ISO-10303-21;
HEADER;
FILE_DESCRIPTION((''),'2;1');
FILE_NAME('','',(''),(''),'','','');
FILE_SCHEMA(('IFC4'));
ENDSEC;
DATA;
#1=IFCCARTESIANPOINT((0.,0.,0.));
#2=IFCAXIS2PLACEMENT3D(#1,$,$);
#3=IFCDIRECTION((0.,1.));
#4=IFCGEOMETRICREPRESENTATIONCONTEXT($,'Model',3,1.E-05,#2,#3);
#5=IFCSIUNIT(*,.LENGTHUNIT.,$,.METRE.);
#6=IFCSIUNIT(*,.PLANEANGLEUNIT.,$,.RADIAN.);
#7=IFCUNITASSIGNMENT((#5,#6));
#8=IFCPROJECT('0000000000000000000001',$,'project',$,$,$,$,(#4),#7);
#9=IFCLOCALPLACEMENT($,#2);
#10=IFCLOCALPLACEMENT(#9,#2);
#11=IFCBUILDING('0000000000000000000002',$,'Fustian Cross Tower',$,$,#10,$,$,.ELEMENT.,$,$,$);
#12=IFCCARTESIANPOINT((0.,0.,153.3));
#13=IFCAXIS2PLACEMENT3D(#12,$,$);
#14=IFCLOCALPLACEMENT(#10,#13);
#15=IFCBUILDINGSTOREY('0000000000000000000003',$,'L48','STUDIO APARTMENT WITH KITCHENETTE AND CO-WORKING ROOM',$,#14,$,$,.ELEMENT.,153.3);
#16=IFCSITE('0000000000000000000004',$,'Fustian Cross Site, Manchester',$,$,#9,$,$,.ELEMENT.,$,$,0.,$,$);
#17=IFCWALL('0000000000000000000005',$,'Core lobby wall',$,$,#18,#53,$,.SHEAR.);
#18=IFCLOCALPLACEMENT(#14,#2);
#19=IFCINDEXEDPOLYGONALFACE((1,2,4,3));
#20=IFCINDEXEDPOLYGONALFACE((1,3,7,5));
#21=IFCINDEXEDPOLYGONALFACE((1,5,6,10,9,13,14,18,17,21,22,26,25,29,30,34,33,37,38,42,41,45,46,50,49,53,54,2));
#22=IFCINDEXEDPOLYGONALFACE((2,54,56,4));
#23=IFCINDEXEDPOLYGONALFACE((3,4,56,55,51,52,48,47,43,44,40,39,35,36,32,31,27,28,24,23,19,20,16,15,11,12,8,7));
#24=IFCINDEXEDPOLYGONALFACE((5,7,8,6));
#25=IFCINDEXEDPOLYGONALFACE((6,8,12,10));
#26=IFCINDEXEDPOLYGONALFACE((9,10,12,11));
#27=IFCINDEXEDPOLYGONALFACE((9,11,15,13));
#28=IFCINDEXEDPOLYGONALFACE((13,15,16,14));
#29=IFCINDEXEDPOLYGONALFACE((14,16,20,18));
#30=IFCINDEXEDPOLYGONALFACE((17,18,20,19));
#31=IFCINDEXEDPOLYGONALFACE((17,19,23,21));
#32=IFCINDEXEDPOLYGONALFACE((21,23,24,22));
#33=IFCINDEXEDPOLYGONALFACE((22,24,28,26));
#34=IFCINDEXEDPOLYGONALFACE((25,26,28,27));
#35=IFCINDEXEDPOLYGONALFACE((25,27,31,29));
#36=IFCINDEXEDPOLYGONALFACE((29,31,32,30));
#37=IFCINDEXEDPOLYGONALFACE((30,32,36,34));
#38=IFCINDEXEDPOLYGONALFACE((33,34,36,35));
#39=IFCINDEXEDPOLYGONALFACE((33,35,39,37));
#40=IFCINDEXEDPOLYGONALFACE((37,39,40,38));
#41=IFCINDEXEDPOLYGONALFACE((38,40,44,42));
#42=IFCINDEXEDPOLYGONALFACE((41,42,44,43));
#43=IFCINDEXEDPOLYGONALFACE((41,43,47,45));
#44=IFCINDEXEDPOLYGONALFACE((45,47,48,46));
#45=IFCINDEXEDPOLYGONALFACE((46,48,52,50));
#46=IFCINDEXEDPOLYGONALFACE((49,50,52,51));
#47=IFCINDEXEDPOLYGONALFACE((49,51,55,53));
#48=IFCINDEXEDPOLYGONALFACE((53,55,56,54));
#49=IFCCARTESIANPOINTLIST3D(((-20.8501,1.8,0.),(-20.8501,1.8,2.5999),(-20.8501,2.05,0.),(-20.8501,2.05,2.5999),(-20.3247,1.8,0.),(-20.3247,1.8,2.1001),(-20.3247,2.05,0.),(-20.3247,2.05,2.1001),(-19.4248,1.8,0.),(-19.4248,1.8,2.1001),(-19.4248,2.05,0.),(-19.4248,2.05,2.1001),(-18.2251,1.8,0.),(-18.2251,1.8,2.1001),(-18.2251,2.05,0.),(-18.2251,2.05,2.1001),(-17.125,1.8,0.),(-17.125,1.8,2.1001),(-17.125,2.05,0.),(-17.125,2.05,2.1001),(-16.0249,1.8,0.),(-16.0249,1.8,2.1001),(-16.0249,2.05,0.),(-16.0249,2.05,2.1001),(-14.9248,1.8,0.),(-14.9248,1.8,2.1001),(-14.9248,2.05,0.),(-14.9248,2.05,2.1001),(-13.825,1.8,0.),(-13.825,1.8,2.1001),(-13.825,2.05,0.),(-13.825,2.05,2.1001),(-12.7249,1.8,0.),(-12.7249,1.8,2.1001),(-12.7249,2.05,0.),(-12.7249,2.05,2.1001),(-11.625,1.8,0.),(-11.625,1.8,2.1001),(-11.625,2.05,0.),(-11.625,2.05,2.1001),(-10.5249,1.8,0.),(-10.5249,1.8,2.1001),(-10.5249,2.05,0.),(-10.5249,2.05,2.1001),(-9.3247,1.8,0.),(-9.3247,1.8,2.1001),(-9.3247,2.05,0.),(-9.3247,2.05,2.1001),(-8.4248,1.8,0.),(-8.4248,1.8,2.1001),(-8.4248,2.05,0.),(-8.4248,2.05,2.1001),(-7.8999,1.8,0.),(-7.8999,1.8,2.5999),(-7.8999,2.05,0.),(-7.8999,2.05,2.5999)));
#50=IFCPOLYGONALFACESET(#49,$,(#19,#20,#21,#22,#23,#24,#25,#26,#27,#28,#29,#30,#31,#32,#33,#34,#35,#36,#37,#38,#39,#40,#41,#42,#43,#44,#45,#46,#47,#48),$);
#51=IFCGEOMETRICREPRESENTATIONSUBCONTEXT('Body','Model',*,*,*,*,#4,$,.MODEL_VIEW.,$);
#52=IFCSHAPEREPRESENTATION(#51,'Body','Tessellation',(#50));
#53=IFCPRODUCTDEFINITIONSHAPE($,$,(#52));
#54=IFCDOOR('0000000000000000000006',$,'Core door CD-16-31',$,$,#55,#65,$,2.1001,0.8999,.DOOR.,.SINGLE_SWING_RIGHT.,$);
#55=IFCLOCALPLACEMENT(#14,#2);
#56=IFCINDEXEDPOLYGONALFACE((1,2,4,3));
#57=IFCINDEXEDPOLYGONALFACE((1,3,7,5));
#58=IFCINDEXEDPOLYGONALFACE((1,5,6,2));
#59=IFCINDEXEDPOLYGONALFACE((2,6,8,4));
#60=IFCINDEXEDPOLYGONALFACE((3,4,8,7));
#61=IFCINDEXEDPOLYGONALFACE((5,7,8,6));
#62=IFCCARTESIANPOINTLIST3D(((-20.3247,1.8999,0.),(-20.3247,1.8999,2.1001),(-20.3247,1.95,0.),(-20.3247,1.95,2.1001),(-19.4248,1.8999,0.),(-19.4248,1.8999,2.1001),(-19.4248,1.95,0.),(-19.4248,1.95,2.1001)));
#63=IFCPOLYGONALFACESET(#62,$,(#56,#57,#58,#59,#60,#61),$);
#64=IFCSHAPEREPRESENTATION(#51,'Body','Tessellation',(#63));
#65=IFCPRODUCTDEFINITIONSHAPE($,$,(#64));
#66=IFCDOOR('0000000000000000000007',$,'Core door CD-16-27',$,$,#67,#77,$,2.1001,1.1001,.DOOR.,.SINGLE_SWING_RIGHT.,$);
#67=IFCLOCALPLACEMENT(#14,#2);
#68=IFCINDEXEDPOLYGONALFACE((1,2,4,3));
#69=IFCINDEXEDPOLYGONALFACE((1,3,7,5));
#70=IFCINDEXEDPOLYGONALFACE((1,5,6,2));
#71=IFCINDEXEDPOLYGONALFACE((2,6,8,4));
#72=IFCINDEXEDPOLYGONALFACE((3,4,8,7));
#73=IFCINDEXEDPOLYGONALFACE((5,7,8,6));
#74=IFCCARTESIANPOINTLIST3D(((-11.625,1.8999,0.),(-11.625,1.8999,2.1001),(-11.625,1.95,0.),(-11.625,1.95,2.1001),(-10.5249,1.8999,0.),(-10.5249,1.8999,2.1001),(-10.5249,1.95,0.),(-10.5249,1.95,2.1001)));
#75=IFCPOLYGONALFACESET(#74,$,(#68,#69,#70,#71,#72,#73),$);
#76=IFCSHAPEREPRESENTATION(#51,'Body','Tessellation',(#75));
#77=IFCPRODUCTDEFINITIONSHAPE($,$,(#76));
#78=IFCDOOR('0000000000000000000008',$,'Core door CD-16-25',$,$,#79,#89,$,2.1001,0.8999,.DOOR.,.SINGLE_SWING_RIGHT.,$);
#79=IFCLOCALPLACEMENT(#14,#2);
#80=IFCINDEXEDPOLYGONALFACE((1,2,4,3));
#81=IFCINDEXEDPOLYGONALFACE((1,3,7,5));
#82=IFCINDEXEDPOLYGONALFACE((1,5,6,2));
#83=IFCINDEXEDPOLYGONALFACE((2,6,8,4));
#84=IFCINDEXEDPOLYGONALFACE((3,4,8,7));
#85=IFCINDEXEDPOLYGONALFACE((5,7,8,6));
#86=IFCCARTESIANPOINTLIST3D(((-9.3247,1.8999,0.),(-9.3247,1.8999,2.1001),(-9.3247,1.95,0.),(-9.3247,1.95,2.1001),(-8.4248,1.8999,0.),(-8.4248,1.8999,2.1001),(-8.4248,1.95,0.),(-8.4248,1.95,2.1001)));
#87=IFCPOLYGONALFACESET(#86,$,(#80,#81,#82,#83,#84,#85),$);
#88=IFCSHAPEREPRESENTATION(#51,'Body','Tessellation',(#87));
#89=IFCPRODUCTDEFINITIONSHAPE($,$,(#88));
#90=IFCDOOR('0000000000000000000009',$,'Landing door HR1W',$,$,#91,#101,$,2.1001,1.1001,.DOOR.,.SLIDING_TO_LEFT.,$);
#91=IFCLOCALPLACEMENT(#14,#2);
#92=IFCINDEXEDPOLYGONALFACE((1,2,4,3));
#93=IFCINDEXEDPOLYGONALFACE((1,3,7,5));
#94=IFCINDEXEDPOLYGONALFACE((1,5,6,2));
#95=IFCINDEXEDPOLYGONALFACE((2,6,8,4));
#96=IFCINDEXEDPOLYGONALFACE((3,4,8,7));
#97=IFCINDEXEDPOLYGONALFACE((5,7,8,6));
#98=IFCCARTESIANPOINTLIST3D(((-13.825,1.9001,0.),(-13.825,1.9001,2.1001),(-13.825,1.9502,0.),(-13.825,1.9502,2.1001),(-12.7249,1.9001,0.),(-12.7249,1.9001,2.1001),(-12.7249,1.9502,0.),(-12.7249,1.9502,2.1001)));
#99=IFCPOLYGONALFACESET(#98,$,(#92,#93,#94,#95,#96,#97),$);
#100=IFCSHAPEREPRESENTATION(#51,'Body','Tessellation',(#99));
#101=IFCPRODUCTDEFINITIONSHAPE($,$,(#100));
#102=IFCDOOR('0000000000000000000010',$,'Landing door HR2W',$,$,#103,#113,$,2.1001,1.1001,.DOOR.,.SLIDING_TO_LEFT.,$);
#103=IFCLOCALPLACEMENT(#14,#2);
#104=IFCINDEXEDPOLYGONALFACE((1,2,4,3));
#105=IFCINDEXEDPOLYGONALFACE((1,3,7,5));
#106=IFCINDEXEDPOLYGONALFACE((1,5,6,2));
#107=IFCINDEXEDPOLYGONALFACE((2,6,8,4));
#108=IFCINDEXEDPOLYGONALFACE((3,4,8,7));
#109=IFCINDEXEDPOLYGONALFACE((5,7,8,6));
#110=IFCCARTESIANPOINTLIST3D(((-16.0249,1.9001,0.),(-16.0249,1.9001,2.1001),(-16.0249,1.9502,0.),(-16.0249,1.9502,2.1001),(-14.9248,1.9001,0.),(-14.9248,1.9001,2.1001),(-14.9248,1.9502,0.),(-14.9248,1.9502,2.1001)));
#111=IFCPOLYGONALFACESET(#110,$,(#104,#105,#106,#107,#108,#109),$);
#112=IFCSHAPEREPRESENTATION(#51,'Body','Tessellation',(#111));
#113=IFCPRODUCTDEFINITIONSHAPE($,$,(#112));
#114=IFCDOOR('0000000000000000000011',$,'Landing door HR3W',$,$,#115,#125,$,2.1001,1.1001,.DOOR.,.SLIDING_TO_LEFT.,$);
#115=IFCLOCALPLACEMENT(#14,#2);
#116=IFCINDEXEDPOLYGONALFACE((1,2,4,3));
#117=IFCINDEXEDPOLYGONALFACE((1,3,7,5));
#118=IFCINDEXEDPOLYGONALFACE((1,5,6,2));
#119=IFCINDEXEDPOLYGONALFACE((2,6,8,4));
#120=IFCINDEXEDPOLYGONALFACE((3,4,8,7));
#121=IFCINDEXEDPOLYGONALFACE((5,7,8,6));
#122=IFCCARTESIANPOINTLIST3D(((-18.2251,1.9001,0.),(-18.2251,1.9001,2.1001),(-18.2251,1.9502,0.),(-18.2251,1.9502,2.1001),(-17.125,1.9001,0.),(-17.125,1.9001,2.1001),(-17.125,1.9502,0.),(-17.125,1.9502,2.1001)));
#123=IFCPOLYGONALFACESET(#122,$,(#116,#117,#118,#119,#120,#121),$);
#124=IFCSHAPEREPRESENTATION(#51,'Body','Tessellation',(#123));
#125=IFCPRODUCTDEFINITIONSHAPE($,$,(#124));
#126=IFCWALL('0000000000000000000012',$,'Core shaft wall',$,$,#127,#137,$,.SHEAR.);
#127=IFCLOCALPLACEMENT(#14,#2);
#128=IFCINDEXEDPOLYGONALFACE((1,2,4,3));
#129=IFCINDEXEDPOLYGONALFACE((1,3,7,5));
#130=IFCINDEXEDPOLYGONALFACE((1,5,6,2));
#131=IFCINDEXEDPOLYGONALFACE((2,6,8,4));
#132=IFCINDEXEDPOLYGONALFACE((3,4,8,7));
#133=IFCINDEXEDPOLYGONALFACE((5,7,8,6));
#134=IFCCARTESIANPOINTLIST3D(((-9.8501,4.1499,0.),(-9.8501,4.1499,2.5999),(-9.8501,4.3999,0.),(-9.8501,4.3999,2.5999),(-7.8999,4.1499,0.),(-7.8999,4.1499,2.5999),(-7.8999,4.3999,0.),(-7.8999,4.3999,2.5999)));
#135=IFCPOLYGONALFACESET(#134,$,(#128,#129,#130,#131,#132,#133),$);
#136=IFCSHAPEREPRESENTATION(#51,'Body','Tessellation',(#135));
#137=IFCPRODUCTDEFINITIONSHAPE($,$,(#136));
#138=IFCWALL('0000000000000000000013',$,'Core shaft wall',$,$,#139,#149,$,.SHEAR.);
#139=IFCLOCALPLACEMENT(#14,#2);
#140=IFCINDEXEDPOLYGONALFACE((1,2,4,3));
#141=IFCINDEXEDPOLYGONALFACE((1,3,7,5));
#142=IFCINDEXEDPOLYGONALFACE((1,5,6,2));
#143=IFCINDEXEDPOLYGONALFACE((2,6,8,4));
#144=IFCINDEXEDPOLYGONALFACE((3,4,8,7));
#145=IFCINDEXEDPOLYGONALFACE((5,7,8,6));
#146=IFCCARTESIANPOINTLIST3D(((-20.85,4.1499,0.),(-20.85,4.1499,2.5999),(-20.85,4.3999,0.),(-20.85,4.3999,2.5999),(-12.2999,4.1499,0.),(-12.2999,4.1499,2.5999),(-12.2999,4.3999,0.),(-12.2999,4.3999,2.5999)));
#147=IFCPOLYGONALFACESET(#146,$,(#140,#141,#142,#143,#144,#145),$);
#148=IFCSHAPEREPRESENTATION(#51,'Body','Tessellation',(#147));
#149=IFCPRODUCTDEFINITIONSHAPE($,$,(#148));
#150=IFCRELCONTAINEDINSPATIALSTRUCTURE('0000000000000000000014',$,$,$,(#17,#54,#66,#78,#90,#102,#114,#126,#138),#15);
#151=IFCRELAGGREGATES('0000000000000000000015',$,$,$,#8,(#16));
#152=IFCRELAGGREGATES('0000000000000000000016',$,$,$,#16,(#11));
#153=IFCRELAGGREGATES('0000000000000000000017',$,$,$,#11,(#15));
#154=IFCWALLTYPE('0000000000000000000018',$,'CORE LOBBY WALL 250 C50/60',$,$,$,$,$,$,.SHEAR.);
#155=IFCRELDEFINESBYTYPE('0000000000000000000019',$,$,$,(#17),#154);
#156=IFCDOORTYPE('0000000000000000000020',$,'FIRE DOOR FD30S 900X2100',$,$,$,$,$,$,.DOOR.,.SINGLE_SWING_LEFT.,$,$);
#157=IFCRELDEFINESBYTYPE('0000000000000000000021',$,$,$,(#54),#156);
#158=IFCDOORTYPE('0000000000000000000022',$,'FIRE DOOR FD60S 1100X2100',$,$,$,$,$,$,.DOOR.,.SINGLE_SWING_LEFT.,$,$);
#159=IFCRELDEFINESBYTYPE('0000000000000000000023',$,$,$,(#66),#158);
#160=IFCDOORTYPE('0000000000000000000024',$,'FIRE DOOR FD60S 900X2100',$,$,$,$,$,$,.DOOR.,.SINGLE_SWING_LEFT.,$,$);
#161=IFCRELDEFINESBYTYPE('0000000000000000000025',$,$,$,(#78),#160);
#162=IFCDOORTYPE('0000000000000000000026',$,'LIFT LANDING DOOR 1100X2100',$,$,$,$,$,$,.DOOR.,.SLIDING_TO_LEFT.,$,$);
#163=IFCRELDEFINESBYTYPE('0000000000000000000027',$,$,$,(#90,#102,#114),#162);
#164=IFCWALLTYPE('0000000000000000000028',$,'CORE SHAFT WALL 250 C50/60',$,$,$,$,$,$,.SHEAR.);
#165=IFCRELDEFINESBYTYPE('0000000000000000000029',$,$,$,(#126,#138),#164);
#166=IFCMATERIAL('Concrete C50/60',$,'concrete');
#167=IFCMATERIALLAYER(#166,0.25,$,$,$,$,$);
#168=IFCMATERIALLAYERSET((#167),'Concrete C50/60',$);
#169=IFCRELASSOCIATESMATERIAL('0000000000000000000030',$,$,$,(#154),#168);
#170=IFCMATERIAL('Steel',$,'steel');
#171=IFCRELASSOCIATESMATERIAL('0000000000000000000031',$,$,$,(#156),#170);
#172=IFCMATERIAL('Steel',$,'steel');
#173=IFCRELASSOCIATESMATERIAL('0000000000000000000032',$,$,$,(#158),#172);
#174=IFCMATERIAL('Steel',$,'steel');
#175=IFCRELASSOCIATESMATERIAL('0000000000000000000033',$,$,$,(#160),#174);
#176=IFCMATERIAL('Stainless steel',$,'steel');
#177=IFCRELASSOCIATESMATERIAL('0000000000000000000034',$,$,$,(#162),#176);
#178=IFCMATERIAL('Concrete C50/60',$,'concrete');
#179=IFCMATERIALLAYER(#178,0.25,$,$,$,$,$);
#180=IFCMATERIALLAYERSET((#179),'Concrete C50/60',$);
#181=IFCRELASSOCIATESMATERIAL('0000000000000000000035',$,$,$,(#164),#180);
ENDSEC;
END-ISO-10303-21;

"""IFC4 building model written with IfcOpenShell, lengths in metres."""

from ifc_helpers import new_model, si_unit, direction, frame, frame_2d, origin, place, context, subcontext, project, spatial, rectangle, extrude, material, layer, layer_set, type_object, element, fill, save


model = new_model("IFC4")

# Units and contexts
model_context = context("Model", 3, precision=1e-05, world=origin(), true_north=direction((0.0, 1.0)))
body_context = subcontext(model_context, "Body", "Model", "MODEL_VIEW")
ifc_project = project(units=[si_unit("LENGTHUNIT", "METRE"), si_unit("PLANEANGLEUNIT", "RADIAN")], contexts=[model_context])

# Site, building, storey
site_placement = place(None, origin())
site = spatial("IfcSite", under=ifc_project, at=site_placement, Name="Fustian Cross Site, Manchester", CompositionType="ELEMENT", RefElevation=0.0)
building_placement = place(site_placement, origin())
building = spatial("IfcBuilding", under=site, at=building_placement, Name="Fustian Cross Tower", CompositionType="ELEMENT")
storey_placement = place(building_placement, frame((0.0, 0.0, 153.3)))
storey = spatial("IfcBuildingStorey", under=building, at=storey_placement, Name="L48", Description="STUDIO APARTMENT WITH KITCHENETTE AND CO-WORKING ROOM", CompositionType="ELEMENT", Elevation=153.3)

# Wall, openings, doors
ifc_material_1 = material(Name="Concrete C50/60", Category="concrete")
ifc_layer_1 = layer(ifc_material_1, 0.25)
ifc_layer_set_1 = layer_set([ifc_layer_1], Name="Concrete C50/60")
wall_type_1 = type_object("IfcWallType", Name="CORE LOBBY WALL 250 C50/60", PredefinedType="SHEAR", material=ifc_layer_set_1)
wall_1_placement = place(storey_placement, frame((-7.8999, 1.925, 0.0), z_axis=(0.0, 0.0, 1.0), x_axis=(-1.0, 0.0, 0.0)))
wall_1 = element("IfcWall", 1, at=wall_1_placement, inside=storey, type_object=wall_type_1, Name="Core lobby wall", PredefinedType="SHEAR", context=body_context, shape_type="SweptSolid", body=[
    extrude(rectangle(XDim=12.9502, YDim=0.25, at=frame_2d((6.4751, 0.0))), origin(), (0.0, 0.0, 1.0), 2.5999),
])
opening_1_placement = place(wall_1_placement, frame((4.825, 0.0, 0.0)))
opening_1 = element("IfcOpeningElement", 2, at=opening_1_placement, cuts=wall_1, PredefinedType="OPENING", context=body_context, shape_type="SweptSolid", body=[
    extrude(rectangle(XDim=1.1001, YDim=2.1001, at=frame_2d((0.55, 1.05))), frame((0.0, 0.135, 0.0), z_axis=(0.0, -1.0, 0.0), x_axis=(1.0, 0.0, 0.0)), (0.0, 0.0, 1.0), 0.27),
])
opening_2_placement = place(wall_1_placement, frame((7.0249, 0.0, 0.0)))
opening_2 = element("IfcOpeningElement", 3, at=opening_2_placement, cuts=wall_1, PredefinedType="OPENING", context=body_context, shape_type="SweptSolid", body=[
    extrude(rectangle(XDim=1.1001, YDim=2.1001, at=frame_2d((0.55, 1.05))), frame((0.0, 0.135, 0.0), z_axis=(0.0, -1.0, 0.0), x_axis=(1.0, 0.0, 0.0)), (0.0, 0.0, 1.0), 0.27),
])
opening_3_placement = place(wall_1_placement, frame((9.2251, 0.0, 0.0)))
opening_3 = element("IfcOpeningElement", 4, at=opening_3_placement, cuts=wall_1, PredefinedType="OPENING", context=body_context, shape_type="SweptSolid", body=[
    extrude(rectangle(XDim=1.1001, YDim=2.1001, at=frame_2d((0.55, 1.05))), frame((0.0, 0.135, 0.0), z_axis=(0.0, -1.0, 0.0), x_axis=(1.0, 0.0, 0.0)), (0.0, 0.0, 1.0), 0.27),
])
opening_4_placement = place(wall_1_placement, frame((0.5249, 0.0, 0.0)))
opening_4 = element("IfcOpeningElement", 5, at=opening_4_placement, cuts=wall_1, PredefinedType="OPENING", context=body_context, shape_type="SweptSolid", body=[
    extrude(rectangle(XDim=0.8999, YDim=2.1001, at=frame_2d((0.45, 1.05))), frame((0.0, 0.135, 0.0), z_axis=(0.0, -1.0, 0.0), x_axis=(1.0, 0.0, 0.0)), (0.0, 0.0, 1.0), 0.27),
])
opening_5_placement = place(wall_1_placement, frame((2.625, 0.0, 0.0)))
opening_5 = element("IfcOpeningElement", 6, at=opening_5_placement, cuts=wall_1, PredefinedType="OPENING", context=body_context, shape_type="SweptSolid", body=[
    extrude(rectangle(XDim=1.1001, YDim=2.1001, at=frame_2d((0.55, 1.05))), frame((0.0, 0.135, 0.0), z_axis=(0.0, -1.0, 0.0), x_axis=(1.0, 0.0, 0.0)), (0.0, 0.0, 1.0), 0.27),
])
opening_6_placement = place(wall_1_placement, frame((11.5249, 0.0, 0.0)))
opening_6 = element("IfcOpeningElement", 7, at=opening_6_placement, cuts=wall_1, PredefinedType="OPENING", context=body_context, shape_type="SweptSolid", body=[
    extrude(rectangle(XDim=0.8999, YDim=2.1001, at=frame_2d((0.45, 1.05))), frame((0.0, 0.135, 0.0), z_axis=(0.0, -1.0, 0.0), x_axis=(1.0, 0.0, 0.0)), (0.0, 0.0, 1.0), 0.27),
])
ifc_material_2 = material(Name="Steel", Category="steel")
door_type_1 = type_object("IfcDoorType", Name="FIRE DOOR FD30S 900X2100", OperationType="SINGLE_SWING_LEFT", PredefinedType="DOOR", material=ifc_material_2)
door_1_placement = place(opening_6_placement, frame((0.8999, 0.0, 0.0), z_axis=(0.0, 0.0, 1.0), x_axis=(-1.0, 0.0, 0.0)))
door_1 = element("IfcDoor", 8, at=door_1_placement, inside=storey, type_object=door_type_1, Name="Core door CD-16-31", OperationType="SINGLE_SWING_RIGHT", OverallHeight=2.1001, OverallWidth=0.8999, PredefinedType="DOOR", context=body_context, shape_type="SweptSolid", body=[
    extrude(rectangle(XDim=0.8999, YDim=2.1001, at=frame_2d((0.45, 1.05))), frame((0.0, 0.0249, 0.0), z_axis=(0.0, -1.0, 0.0), x_axis=(1.0, 0.0, 0.0)), (0.0, 0.0, 1.0), 0.05),
])
fill(opening_6, door_1)
ifc_material_3 = material(Name="Steel", Category="steel")
door_type_2 = type_object("IfcDoorType", Name="FIRE DOOR FD60S 1100X2100", OperationType="SINGLE_SWING_LEFT", PredefinedType="DOOR", material=ifc_material_3)
door_2_placement = place(opening_5_placement, frame((1.1001, 0.0, 0.0), z_axis=(0.0, 0.0, 1.0), x_axis=(-1.0, 0.0, 0.0)))
door_2 = element("IfcDoor", 9, at=door_2_placement, inside=storey, type_object=door_type_2, Name="Core door CD-16-27", OperationType="SINGLE_SWING_RIGHT", OverallHeight=2.1001, OverallWidth=1.1001, PredefinedType="DOOR", context=body_context, shape_type="SweptSolid", body=[
    extrude(rectangle(XDim=1.1001, YDim=2.1001, at=frame_2d((0.55, 1.05))), frame((0.0, 0.0249, 0.0), z_axis=(0.0, -1.0, 0.0), x_axis=(1.0, 0.0, 0.0)), (0.0, 0.0, 1.0), 0.05),
])
fill(opening_5, door_2)
ifc_material_4 = material(Name="Steel", Category="steel")
door_type_3 = type_object("IfcDoorType", Name="FIRE DOOR FD60S 900X2100", OperationType="SINGLE_SWING_LEFT", PredefinedType="DOOR", material=ifc_material_4)
door_3_placement = place(opening_4_placement, frame((0.8999, 0.0, 0.0), z_axis=(0.0, 0.0, 1.0), x_axis=(-1.0, 0.0, 0.0)))
door_3 = element("IfcDoor", 10, at=door_3_placement, inside=storey, type_object=door_type_3, Name="Core door CD-16-25", OperationType="SINGLE_SWING_RIGHT", OverallHeight=2.1001, OverallWidth=0.8999, PredefinedType="DOOR", context=body_context, shape_type="SweptSolid", body=[
    extrude(rectangle(XDim=0.8999, YDim=2.1001, at=frame_2d((0.45, 1.05))), frame((0.0, 0.0249, 0.0), z_axis=(0.0, -1.0, 0.0), x_axis=(1.0, 0.0, 0.0)), (0.0, 0.0, 1.0), 0.05),
])
fill(opening_4, door_3)
ifc_material_5 = material(Name="Stainless steel", Category="steel")
door_type_4 = type_object("IfcDoorType", Name="LIFT LANDING DOOR 1100X2100", OperationType="SLIDING_TO_LEFT", PredefinedType="DOOR", material=ifc_material_5)
door_4_placement = place(opening_1_placement, origin())
door_4 = element("IfcDoor", 11, at=door_4_placement, inside=storey, type_object=door_type_4, Name="Landing door HR1W", OperationType="SLIDING_TO_LEFT", OverallHeight=2.1001, OverallWidth=1.1001, PredefinedType="DOOR", context=body_context, shape_type="SweptSolid", body=[
    extrude(rectangle(XDim=1.1001, YDim=2.1001, at=frame_2d((0.55, 1.05))), frame((0.0, 0.0249, 0.0), z_axis=(0.0, -1.0, 0.0), x_axis=(1.0, 0.0, 0.0)), (0.0, 0.0, 1.0), 0.05),
])
fill(opening_1, door_4)
door_5_placement = place(opening_2_placement, origin())
door_5 = element("IfcDoor", 12, at=door_5_placement, inside=storey, type_object=door_type_4, Name="Landing door HR2W", OperationType="SLIDING_TO_LEFT", OverallHeight=2.1001, OverallWidth=1.1001, PredefinedType="DOOR", context=body_context, shape_type="SweptSolid", body=[
    extrude(rectangle(XDim=1.1001, YDim=2.1001, at=frame_2d((0.55, 1.05))), frame((0.0, 0.0249, 0.0), z_axis=(0.0, -1.0, 0.0), x_axis=(1.0, 0.0, 0.0)), (0.0, 0.0, 1.0), 0.05),
])
fill(opening_2, door_5)
door_6_placement = place(opening_3_placement, origin())
door_6 = element("IfcDoor", 13, at=door_6_placement, inside=storey, type_object=door_type_4, Name="Landing door HR3W", OperationType="SLIDING_TO_LEFT", OverallHeight=2.1001, OverallWidth=1.1001, PredefinedType="DOOR", context=body_context, shape_type="SweptSolid", body=[
    extrude(rectangle(XDim=1.1001, YDim=2.1001, at=frame_2d((0.55, 1.05))), frame((0.0, 0.0249, 0.0), z_axis=(0.0, -1.0, 0.0), x_axis=(1.0, 0.0, 0.0)), (0.0, 0.0, 1.0), 0.05),
])
fill(opening_3, door_6)

# Walls
ifc_material_6 = material(Name="Concrete C50/60", Category="concrete")
ifc_layer_2 = layer(ifc_material_6, 0.25)
ifc_layer_set_2 = layer_set([ifc_layer_2], Name="Concrete C50/60")
wall_type_2 = type_object("IfcWallType", Name="CORE SHAFT WALL 250 C50/60", PredefinedType="SHEAR", material=ifc_layer_set_2)
wall_2_placement = place(storey_placement, frame((-7.8999, 4.2749, 0.0), z_axis=(0.0, 0.0, 1.0), x_axis=(-1.0, 0.0, 0.0)))
element("IfcWall", 14, at=wall_2_placement, inside=storey, type_object=wall_type_2, Name="Core shaft wall", PredefinedType="SHEAR", context=body_context, shape_type="SweptSolid", body=[
    extrude(rectangle(XDim=1.9502, YDim=0.25, at=frame_2d((0.9751, 0.0))), origin(), (0.0, 0.0, 1.0), 2.5999),
])
wall_3_placement = place(storey_placement, frame((-12.3, 4.2749, 0.0), z_axis=(0.0, 0.0, 1.0), x_axis=(-1.0, 0.0, 0.0)))
element("IfcWall", 15, at=wall_3_placement, inside=storey, type_object=wall_type_2, Name="Core shaft wall", PredefinedType="SHEAR", context=body_context, shape_type="SweptSolid", body=[
    extrude(rectangle(XDim=8.55, YDim=0.25, at=frame_2d((4.2749, 0.0))), origin(), (0.0, 0.0, 1.0), 2.5999),
])

save(model, "model.ifc")
